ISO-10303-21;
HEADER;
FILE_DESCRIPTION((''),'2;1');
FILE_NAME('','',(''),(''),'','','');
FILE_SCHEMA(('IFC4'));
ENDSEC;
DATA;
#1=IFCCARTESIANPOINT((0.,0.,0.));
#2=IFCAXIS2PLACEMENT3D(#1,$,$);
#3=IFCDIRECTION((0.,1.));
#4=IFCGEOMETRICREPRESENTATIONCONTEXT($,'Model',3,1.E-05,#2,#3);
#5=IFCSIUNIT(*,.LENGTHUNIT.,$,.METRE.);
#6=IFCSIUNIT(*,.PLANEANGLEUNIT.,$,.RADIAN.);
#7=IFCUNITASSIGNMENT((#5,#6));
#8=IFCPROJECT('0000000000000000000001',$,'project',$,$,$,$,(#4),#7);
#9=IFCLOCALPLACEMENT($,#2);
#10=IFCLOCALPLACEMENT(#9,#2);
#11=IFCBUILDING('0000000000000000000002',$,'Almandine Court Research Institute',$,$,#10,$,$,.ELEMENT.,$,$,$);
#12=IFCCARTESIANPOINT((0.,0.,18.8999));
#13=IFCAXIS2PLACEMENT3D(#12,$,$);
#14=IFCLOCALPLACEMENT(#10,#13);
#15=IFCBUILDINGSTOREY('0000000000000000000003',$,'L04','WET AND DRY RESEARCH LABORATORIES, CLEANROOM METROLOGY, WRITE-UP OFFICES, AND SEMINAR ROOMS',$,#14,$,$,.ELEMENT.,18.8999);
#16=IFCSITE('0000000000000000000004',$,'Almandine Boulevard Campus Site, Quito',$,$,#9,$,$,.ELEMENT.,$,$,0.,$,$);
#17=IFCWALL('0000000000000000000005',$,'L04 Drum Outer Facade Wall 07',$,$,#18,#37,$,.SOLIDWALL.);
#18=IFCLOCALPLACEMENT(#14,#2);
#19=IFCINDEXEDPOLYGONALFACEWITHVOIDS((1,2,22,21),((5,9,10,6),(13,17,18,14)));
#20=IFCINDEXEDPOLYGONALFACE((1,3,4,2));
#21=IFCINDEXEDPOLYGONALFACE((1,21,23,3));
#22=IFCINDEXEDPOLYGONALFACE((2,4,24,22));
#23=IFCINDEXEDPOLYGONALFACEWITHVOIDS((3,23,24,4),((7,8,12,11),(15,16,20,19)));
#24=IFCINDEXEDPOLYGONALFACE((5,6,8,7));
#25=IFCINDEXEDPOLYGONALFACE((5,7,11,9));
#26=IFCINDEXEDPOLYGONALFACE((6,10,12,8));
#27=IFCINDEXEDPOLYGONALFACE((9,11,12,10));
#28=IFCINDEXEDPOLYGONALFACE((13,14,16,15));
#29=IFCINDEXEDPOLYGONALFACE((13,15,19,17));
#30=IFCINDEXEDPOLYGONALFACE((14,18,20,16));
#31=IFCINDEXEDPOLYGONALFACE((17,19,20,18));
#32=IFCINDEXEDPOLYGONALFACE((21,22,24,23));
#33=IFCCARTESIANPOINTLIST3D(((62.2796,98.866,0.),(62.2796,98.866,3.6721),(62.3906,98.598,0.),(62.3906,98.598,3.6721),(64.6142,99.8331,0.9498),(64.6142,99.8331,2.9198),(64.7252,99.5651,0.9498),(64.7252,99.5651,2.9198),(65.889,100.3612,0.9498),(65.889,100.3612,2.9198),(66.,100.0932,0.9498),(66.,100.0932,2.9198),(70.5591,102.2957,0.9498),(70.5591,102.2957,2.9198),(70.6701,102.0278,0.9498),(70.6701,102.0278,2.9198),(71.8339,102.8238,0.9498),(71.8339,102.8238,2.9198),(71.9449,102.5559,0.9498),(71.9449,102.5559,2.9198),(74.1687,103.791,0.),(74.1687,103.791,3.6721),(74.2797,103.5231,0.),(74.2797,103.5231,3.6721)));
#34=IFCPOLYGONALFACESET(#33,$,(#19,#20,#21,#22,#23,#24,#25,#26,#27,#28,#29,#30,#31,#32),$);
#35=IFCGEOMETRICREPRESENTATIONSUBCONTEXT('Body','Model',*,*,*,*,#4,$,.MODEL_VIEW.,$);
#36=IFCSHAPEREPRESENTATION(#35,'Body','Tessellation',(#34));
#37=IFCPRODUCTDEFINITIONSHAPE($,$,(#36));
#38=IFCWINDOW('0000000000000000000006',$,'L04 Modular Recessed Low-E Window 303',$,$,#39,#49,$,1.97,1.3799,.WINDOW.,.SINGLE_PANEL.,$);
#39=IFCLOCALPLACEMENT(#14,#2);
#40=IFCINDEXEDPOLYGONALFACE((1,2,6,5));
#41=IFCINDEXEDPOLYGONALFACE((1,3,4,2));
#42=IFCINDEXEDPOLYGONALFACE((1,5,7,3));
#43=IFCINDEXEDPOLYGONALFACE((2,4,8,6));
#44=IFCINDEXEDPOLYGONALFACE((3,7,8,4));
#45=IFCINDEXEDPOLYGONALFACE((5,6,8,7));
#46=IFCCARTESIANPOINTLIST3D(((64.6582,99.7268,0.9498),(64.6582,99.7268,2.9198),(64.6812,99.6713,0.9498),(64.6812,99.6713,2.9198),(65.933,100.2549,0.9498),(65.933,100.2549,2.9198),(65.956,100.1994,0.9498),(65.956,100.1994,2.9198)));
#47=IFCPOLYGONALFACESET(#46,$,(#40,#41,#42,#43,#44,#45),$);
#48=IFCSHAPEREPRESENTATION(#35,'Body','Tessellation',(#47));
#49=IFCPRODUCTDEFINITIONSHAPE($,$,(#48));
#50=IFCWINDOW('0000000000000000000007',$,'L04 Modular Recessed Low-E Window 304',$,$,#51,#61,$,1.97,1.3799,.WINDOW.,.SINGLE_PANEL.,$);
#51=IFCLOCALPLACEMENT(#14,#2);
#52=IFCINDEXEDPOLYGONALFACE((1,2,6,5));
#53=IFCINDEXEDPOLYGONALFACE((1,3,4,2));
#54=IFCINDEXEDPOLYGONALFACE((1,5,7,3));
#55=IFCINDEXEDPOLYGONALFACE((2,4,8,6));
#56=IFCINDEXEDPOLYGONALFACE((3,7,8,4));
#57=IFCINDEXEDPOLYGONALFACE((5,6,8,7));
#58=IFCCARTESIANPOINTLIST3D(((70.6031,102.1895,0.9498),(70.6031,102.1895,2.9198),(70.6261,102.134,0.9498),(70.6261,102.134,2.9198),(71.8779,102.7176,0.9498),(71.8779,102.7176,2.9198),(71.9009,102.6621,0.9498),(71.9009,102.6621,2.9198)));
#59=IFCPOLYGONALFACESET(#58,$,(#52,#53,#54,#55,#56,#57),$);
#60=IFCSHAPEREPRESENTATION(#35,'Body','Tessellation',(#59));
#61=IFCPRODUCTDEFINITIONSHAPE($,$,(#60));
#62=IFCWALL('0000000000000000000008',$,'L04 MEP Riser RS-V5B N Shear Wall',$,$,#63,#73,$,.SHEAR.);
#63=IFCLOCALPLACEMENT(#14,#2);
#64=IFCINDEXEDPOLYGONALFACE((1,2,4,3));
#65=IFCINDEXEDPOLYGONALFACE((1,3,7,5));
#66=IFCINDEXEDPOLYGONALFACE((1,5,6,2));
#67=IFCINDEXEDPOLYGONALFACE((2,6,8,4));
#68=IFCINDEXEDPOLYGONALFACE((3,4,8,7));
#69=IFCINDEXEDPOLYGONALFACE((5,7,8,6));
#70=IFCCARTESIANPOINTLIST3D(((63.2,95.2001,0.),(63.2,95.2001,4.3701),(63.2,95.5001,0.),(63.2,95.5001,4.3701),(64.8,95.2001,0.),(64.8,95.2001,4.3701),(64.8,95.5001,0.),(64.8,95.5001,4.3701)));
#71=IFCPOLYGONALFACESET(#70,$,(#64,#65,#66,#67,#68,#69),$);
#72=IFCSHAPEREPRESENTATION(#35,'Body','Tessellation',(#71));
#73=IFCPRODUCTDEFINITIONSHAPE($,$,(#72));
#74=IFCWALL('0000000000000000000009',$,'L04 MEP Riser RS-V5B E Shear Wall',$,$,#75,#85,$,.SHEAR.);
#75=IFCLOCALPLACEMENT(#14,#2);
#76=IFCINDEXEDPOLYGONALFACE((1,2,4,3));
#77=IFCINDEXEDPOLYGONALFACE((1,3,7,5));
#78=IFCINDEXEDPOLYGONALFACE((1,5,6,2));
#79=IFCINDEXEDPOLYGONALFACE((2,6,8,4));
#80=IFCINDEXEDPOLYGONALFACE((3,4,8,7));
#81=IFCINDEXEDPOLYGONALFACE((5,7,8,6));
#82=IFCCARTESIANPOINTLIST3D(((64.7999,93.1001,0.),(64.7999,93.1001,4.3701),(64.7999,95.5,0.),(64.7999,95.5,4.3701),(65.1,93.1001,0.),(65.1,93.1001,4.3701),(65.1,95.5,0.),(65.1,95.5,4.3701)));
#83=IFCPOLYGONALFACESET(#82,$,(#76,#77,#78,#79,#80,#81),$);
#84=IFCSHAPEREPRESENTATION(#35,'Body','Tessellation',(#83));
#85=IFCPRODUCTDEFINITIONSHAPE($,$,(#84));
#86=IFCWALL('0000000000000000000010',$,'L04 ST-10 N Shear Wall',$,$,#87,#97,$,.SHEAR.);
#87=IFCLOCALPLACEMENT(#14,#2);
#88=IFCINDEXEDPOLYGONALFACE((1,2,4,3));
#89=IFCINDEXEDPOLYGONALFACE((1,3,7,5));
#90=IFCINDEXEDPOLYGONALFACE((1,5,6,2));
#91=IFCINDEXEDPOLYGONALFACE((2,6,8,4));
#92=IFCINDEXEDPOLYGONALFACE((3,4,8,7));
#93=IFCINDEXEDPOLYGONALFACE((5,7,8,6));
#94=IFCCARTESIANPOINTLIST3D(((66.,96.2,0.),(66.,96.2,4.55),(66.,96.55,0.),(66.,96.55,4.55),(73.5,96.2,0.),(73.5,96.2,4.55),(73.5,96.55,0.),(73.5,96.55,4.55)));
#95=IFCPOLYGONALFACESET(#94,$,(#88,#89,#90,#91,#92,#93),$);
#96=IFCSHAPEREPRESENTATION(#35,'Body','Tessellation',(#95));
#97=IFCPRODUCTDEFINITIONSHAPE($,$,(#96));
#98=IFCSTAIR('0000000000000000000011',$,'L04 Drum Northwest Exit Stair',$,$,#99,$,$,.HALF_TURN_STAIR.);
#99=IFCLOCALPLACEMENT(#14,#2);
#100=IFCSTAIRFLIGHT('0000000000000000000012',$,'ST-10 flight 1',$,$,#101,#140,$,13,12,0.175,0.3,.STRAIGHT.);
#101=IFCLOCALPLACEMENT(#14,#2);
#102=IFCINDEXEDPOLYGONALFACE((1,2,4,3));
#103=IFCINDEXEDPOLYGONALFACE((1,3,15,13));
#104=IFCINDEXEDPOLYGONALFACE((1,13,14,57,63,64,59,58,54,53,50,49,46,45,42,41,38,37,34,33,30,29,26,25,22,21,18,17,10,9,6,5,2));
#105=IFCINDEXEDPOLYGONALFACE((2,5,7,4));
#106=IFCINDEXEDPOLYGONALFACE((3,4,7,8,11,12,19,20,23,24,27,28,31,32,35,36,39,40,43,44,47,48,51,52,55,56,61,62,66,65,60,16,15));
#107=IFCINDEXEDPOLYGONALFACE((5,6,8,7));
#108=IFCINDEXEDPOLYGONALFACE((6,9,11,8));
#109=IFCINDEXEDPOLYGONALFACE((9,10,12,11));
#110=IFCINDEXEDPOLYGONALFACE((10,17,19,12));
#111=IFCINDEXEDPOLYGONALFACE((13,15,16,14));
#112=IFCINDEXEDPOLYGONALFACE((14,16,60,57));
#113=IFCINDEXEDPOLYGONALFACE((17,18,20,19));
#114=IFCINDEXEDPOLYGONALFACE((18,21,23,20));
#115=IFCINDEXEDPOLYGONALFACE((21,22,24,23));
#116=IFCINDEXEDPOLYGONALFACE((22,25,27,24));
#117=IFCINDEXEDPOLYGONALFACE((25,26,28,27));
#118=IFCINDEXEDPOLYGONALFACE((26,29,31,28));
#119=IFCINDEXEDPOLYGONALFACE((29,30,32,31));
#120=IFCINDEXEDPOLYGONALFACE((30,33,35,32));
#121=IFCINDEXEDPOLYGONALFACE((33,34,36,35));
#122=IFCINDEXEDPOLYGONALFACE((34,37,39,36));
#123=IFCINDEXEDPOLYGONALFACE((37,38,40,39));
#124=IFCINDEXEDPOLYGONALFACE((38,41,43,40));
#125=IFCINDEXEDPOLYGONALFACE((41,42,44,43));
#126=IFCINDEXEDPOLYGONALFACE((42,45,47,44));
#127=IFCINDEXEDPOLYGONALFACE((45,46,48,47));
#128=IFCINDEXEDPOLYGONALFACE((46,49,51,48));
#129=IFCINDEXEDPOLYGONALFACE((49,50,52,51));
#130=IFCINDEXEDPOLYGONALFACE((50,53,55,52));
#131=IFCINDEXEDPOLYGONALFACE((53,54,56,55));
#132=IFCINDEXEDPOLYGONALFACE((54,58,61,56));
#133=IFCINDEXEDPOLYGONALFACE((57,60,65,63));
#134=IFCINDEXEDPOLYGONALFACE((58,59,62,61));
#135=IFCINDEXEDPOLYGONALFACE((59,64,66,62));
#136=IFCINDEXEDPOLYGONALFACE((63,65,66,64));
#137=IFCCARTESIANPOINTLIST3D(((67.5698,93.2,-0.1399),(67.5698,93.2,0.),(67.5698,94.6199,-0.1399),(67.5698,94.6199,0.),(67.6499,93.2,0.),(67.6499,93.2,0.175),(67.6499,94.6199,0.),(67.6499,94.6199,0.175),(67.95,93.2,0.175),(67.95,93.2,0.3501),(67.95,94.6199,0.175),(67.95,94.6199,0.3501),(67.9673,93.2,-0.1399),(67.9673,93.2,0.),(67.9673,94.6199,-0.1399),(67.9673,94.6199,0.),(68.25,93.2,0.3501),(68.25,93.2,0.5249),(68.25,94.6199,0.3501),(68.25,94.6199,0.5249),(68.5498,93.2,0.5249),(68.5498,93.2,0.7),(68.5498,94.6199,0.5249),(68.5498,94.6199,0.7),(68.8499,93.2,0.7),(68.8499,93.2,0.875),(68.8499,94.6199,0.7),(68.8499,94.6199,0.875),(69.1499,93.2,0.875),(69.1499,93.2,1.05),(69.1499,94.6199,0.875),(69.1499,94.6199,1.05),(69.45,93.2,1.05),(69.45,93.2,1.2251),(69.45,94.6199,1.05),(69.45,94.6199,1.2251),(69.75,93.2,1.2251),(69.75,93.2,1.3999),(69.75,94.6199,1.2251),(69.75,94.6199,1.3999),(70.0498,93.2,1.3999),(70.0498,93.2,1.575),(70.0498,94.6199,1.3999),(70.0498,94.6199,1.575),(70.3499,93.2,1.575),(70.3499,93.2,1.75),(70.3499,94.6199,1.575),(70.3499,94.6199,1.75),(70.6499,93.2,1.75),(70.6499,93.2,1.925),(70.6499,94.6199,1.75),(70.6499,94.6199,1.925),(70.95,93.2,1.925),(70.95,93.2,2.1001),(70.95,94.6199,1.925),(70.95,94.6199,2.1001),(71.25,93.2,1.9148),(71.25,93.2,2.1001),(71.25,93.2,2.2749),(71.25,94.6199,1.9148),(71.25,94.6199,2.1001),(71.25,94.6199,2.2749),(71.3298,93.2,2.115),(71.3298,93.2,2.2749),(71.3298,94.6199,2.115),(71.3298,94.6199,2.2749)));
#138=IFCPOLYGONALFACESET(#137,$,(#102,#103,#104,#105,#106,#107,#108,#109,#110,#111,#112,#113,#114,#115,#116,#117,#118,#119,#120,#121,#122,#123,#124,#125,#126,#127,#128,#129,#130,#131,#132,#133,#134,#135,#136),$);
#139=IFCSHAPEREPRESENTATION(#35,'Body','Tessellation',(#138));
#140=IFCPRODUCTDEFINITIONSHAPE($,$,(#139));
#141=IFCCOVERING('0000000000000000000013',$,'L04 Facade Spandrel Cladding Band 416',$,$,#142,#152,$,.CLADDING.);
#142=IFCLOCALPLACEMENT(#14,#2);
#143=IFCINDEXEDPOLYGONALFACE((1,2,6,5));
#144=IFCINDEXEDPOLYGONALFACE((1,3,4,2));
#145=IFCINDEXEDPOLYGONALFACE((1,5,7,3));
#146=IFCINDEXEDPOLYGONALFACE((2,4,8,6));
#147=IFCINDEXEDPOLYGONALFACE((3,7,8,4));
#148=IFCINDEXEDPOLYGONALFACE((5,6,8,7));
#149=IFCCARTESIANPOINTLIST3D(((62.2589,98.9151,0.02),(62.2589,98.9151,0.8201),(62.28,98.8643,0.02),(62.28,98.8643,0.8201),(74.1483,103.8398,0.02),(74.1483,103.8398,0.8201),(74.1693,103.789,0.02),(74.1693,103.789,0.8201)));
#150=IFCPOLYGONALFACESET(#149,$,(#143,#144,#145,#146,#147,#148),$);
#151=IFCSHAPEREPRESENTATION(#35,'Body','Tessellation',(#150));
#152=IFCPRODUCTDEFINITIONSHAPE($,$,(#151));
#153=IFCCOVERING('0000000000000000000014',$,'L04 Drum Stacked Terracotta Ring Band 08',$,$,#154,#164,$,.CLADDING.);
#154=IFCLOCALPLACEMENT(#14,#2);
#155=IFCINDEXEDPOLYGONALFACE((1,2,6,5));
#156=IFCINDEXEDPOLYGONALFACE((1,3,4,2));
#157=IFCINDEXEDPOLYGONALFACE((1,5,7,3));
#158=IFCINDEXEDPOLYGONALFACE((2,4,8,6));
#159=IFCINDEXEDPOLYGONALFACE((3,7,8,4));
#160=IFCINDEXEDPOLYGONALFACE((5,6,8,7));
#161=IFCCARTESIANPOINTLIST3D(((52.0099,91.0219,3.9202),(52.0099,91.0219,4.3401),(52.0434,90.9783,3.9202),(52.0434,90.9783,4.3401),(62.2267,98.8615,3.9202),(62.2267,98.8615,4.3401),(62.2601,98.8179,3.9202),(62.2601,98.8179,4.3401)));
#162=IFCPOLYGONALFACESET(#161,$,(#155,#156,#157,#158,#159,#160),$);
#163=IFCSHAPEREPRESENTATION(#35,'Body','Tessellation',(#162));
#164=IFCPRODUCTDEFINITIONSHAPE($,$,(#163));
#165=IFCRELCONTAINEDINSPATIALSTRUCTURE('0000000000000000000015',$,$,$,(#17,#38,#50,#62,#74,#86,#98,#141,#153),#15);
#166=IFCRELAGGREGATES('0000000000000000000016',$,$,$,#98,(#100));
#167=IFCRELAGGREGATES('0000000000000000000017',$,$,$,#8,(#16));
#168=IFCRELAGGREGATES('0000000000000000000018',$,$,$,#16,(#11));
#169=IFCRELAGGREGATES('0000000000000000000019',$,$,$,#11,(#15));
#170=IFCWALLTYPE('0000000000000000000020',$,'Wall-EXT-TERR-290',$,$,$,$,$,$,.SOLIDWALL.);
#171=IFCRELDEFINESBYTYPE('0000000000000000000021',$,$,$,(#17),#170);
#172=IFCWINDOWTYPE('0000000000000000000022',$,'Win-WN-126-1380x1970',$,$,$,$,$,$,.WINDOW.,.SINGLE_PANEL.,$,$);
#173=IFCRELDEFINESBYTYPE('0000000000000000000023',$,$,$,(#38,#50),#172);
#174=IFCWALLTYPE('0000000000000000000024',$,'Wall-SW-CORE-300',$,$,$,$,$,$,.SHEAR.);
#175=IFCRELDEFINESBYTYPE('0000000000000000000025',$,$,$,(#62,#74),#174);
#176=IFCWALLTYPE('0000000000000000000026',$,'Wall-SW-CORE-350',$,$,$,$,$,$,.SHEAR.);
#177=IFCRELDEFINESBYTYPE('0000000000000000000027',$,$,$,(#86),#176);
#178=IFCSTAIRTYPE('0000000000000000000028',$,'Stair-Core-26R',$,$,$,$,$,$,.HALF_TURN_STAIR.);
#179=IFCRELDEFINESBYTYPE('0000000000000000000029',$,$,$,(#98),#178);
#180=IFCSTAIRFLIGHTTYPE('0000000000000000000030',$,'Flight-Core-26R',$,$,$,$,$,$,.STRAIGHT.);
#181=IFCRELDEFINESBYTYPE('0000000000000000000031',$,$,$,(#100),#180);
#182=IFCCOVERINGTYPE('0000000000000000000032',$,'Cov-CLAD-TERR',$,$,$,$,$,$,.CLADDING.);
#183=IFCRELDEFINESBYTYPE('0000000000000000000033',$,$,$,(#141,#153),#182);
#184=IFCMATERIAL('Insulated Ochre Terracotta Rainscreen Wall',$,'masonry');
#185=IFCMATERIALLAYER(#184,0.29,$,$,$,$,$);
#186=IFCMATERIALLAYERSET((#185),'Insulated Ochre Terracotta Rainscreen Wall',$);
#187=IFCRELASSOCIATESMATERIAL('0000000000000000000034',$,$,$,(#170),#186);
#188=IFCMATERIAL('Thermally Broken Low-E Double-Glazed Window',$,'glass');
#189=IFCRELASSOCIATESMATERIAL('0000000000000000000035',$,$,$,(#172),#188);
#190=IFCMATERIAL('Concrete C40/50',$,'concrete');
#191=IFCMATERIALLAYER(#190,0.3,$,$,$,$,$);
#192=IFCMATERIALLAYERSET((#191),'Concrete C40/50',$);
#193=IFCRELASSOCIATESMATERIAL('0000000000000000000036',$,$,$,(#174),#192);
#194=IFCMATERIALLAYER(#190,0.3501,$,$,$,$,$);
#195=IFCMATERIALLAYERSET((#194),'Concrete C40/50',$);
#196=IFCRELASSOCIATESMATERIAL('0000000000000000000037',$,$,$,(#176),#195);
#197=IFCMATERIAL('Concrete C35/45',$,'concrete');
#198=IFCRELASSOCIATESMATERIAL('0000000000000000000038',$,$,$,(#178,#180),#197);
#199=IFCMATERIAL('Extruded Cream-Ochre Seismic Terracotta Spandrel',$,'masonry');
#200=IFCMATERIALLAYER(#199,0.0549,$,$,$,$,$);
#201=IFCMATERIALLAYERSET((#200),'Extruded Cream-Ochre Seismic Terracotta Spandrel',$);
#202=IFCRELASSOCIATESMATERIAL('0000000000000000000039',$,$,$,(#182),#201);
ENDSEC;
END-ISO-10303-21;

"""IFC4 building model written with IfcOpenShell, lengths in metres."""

from ifc_helpers import new_model, si_unit, direction, frame, frame_2d, origin, origin_2d, place, context, subcontext, project, spatial, polyline, rectangle, outline, extrude, material, layer, layer_set, type_object, element, fill, aggregate, save


model = new_model("IFC4")

# Units and contexts
model_context = context("Model", 3, precision=1e-05, world=origin(), true_north=direction((0.0, 1.0)))
body_context = subcontext(model_context, "Body", "Model", "MODEL_VIEW")
ifc_project = project(units=[si_unit("LENGTHUNIT", "METRE"), si_unit("PLANEANGLEUNIT", "RADIAN")], contexts=[model_context])

# Site, building, storey
site_placement = place(None, origin())
site = spatial("IfcSite", under=ifc_project, at=site_placement, Name="Almandine Boulevard Campus Site, Quito", CompositionType="ELEMENT", RefElevation=0.0)
building_placement = place(site_placement, origin())
building = spatial("IfcBuilding", under=site, at=building_placement, Name="Almandine Court Research Institute", CompositionType="ELEMENT")
storey_placement = place(building_placement, frame((0.0, 0.0, 18.8999)))
storey = spatial("IfcBuildingStorey", under=building, at=storey_placement, Name="L04", Description="WET AND DRY RESEARCH LABORATORIES, CLEANROOM METROLOGY, WRITE-UP OFFICES, AND SEMINAR ROOMS", CompositionType="ELEMENT", Elevation=18.8999)

# Wall, openings, windows
ifc_material_1 = material(Name="Insulated Ochre Terracotta Rainscreen Wall", Category="masonry")
ifc_layer_1 = layer(ifc_material_1, 0.29)
ifc_layer_set_1 = layer_set([ifc_layer_1], Name="Insulated Ochre Terracotta Rainscreen Wall")
wall_type_1 = type_object("IfcWallType", Name="Wall-EXT-TERR-290", PredefinedType="SOLIDWALL", material=ifc_layer_set_1)
wall_1_placement = place(storey_placement, frame((62.335, 98.7319, 0.0), z_axis=(0.0, 0.0, 1.0), x_axis=(0.923869, 0.38271, 0.0)))
wall_1 = element("IfcWall", 1, at=wall_1_placement, inside=storey, type_object=wall_type_1, Name="L04 Drum Outer Facade Wall 07", PredefinedType="SOLIDWALL", context=body_context, shape_type="SweptSolid", body=[
    extrude(rectangle(XDim=12.8689, YDim=0.29, at=frame_2d((6.4346, 0.0))), origin(), (0.0, 0.0, 1.0), 3.6721),
])
opening_1_placement = place(wall_1_placement, frame((2.5271, 0.0, 0.95)))
opening_1 = element("IfcOpeningElement", 2, at=opening_1_placement, cuts=wall_1, PredefinedType="OPENING", context=body_context, shape_type="SweptSolid", body=[
    extrude(rectangle(XDim=1.3799, YDim=1.97, at=frame_2d((0.6899, 0.9849))), frame((0.0, 0.155, 0.0), z_axis=(0.0, -1.0, 0.0), x_axis=(1.0, 0.0, 0.0)), (0.0, 0.0, 1.0), 0.3101),
])
opening_2_placement = place(wall_1_placement, frame((8.9619, 0.0, 0.95)))
opening_2 = element("IfcOpeningElement", 3, at=opening_2_placement, cuts=wall_1, PredefinedType="OPENING", context=body_context, shape_type="SweptSolid", body=[
    extrude(rectangle(XDim=1.3799, YDim=1.97, at=frame_2d((0.6899, 0.9849))), frame((0.0, 0.155, 0.0), z_axis=(0.0, -1.0, 0.0), x_axis=(1.0, 0.0, 0.0)), (0.0, 0.0, 1.0), 0.3101),
])
ifc_material_2 = material(Name="Thermally Broken Low-E Double-Glazed Window", Category="glass")
window_type = type_object("IfcWindowType", Name="Win-WN-126-1380x1970", PartitioningType="SINGLE_PANEL", PredefinedType="WINDOW", material=ifc_material_2)
window_1_placement = place(opening_1_placement, origin())
window_1 = element("IfcWindow", 4, at=window_1_placement, inside=storey, type_object=window_type, Name="L04 Modular Recessed Low-E Window 303", OverallHeight=1.97, OverallWidth=1.3799, PartitioningType="SINGLE_PANEL", PredefinedType="WINDOW", context=body_context, shape_type="SweptSolid", body=[
    extrude(rectangle(XDim=1.3799, YDim=1.97, at=frame_2d((0.6899, 0.9849))), frame((0.0, 0.03, 0.0), z_axis=(0.0, -1.0, 0.0), x_axis=(1.0, 0.0, 0.0)), (0.0, 0.0, 1.0), 0.0601),
])
fill(opening_1, window_1)
window_2_placement = place(opening_2_placement, origin())
window_2 = element("IfcWindow", 5, at=window_2_placement, inside=storey, type_object=window_type, Name="L04 Modular Recessed Low-E Window 304", OverallHeight=1.97, OverallWidth=1.3799, PartitioningType="SINGLE_PANEL", PredefinedType="WINDOW", context=body_context, shape_type="SweptSolid", body=[
    extrude(rectangle(XDim=1.3799, YDim=1.97, at=frame_2d((0.6899, 0.9849))), frame((0.0, 0.03, 0.0), z_axis=(0.0, -1.0, 0.0), x_axis=(1.0, 0.0, 0.0)), (0.0, 0.0, 1.0), 0.0601),
])
fill(opening_2, window_2)

# Walls
ifc_material_3 = material(Name="Concrete C40/50", Category="concrete")
ifc_layer_2 = layer(ifc_material_3, 0.3)
ifc_layer_set_2 = layer_set([ifc_layer_2], Name="Concrete C40/50")
wall_type_2 = type_object("IfcWallType", Name="Wall-SW-CORE-300", PredefinedType="SHEAR", material=ifc_layer_set_2)
wall_2_placement = place(storey_placement, frame((63.2, 95.3501, 0.0), z_axis=(0.0, 0.0, 1.0), x_axis=(1.0, 0.0, 0.0)))
element("IfcWall", 6, at=wall_2_placement, inside=storey, type_object=wall_type_2, Name="L04 MEP Riser RS-V5B N Shear Wall", PredefinedType="SHEAR", context=body_context, shape_type="SweptSolid", body=[
    extrude(rectangle(XDim=1.6001, YDim=0.3, at=frame_2d((0.8, 0.0))), origin(), (0.0, 0.0, 1.0), 4.3701),
])
wall_3_placement = place(storey_placement, frame((64.95, 95.5, 0.0), z_axis=(0.0, 0.0, 1.0), x_axis=(0.0, -1.0, 0.0)))
element("IfcWall", 7, at=wall_3_placement, inside=storey, type_object=wall_type_2, Name="L04 MEP Riser RS-V5B E Shear Wall", PredefinedType="SHEAR", context=body_context, shape_type="SweptSolid", body=[
    extrude(rectangle(XDim=2.3999, YDim=0.3, at=frame_2d((1.2, 0.0))), origin(), (0.0, 0.0, 1.0), 4.3701),
])
ifc_layer_3 = layer(ifc_material_3, 0.3501)
ifc_layer_set_3 = layer_set([ifc_layer_3], Name="Concrete C40/50")
wall_type_3 = type_object("IfcWallType", Name="Wall-SW-CORE-350", PredefinedType="SHEAR", material=ifc_layer_set_3)
wall_4_placement = place(storey_placement, frame((66.0, 96.375, 0.0), z_axis=(0.0, 0.0, 1.0), x_axis=(1.0, 0.0, 0.0)))
element("IfcWall", 8, at=wall_4_placement, inside=storey, type_object=wall_type_3, Name="L04 ST-10 N Shear Wall", PredefinedType="SHEAR", context=body_context, shape_type="SweptSolid", body=[
    extrude(rectangle(XDim=7.5, YDim=0.3501, at=frame_2d((3.75, 0.0))), origin(), (0.0, 0.0, 1.0), 4.55),
])

# Stair, stair flight
ifc_material_4 = material(Name="Concrete C35/45", Category="concrete")
stair_type = type_object("IfcStairType", Name="Stair-Core-26R", PredefinedType="HALF_TURN_STAIR", material=ifc_material_4)
stair_placement = place(storey_placement, origin())
stair = element("IfcStair", 9, at=stair_placement, inside=storey, type_object=stair_type, Name="L04 Drum Northwest Exit Stair", PredefinedType="HALF_TURN_STAIR")
stair_flight_type = type_object("IfcStairFlightType", Name="Flight-Core-26R", PredefinedType="STRAIGHT", material=ifc_material_4)
stair_flight_placement = place(storey_placement, frame((67.6499, 93.9099, 0.0), z_axis=(0.0, 0.0, 1.0), x_axis=(1.0, 0.0, 0.0)))
stair_flight = element("IfcStairFlight", 10, at=stair_flight_placement, type_object=stair_flight_type, Name="ST-10 flight 1", NumberOfRisers=13, NumberOfTreads=12, PredefinedType="STRAIGHT", RiserHeight=0.175, TreadLength=0.3, context=body_context, shape_type="SweptSolid", body=[
    extrude(outline(polyline([(-0.0801, -0.1399), (-0.0801, 0.0), (0.0, 0.0), (0.0, 0.175), (0.3, 0.175), (0.3, 0.3501), (0.6001, 0.3501), (0.6001, 0.5249), (0.8999, 0.5249), (0.8999, 0.7), (1.2, 0.7), (1.2, 0.875), (1.5, 0.875), (1.5, 1.05), (1.8, 1.05), (1.8, 1.2251), (2.1001, 1.2251), (2.1001, 1.3999), (2.3999, 1.3999), (2.3999, 1.575), (2.7, 1.575), (2.7, 1.75), (3.0, 1.75), (3.0, 1.925), (3.3, 1.925), (3.3, 2.1001), (3.6001, 2.1001), (3.6001, 2.2749), (3.6799, 2.2749), (3.6799, 2.115), (3.6001, 1.9148), (0.3174, 0.0), (0.3174, -0.1399), (-0.0801, -0.1399)])), frame((0.0, 0.71, 0.0), z_axis=(0.0, -1.0, 0.0), x_axis=(1.0, 0.0, 0.0)), (0.0, 0.0, 1.0), 1.4199),
])
aggregate(stair, [stair_flight])

# Coverings
ifc_material_5 = material(Name="Extruded Cream-Ochre Seismic Terracotta Spandrel", Category="masonry")
ifc_layer_4 = layer(ifc_material_5, 0.0549)
ifc_layer_set_4 = layer_set([ifc_layer_4], Name="Extruded Cream-Ochre Seismic Terracotta Spandrel")
covering_type = type_object("IfcCoveringType", Name="Cov-CLAD-TERR", PredefinedType="CLADDING", material=ifc_layer_set_4)
covering_1_placement = place(storey_placement, frame((68.2141, 101.3521, 0.02), z_axis=(0.0, 0.0, 1.0), x_axis=(0.92388, 0.382683, 0.0)))
element("IfcCovering", 11, at=covering_1_placement, inside=storey, type_object=covering_type, Name="L04 Facade Spandrel Cladding Band 416", PredefinedType="CLADDING", context=body_context, shape_type="SweptSolid", body=[
    extrude(rectangle(XDim=12.8689, YDim=0.0549, at=origin_2d()), origin(), (0.0, 0.0, 1.0), 0.8),
])
covering_2_placement = place(storey_placement, frame((57.135, 94.9199, 3.9202), z_axis=(0.0, 0.0, 1.0), x_axis=(0.793353, 0.608761, 0.0)))
element("IfcCovering", 12, at=covering_2_placement, inside=storey, type_object=covering_type, Name="L04 Drum Stacked Terracotta Ring Band 08", PredefinedType="CLADDING", context=body_context, shape_type="SweptSolid", body=[
    extrude(rectangle(XDim=12.8779, YDim=0.0549, at=origin_2d()), origin(), (0.0, 0.0, 1.0), 0.4199),
])

save(model, "model.ifc")
